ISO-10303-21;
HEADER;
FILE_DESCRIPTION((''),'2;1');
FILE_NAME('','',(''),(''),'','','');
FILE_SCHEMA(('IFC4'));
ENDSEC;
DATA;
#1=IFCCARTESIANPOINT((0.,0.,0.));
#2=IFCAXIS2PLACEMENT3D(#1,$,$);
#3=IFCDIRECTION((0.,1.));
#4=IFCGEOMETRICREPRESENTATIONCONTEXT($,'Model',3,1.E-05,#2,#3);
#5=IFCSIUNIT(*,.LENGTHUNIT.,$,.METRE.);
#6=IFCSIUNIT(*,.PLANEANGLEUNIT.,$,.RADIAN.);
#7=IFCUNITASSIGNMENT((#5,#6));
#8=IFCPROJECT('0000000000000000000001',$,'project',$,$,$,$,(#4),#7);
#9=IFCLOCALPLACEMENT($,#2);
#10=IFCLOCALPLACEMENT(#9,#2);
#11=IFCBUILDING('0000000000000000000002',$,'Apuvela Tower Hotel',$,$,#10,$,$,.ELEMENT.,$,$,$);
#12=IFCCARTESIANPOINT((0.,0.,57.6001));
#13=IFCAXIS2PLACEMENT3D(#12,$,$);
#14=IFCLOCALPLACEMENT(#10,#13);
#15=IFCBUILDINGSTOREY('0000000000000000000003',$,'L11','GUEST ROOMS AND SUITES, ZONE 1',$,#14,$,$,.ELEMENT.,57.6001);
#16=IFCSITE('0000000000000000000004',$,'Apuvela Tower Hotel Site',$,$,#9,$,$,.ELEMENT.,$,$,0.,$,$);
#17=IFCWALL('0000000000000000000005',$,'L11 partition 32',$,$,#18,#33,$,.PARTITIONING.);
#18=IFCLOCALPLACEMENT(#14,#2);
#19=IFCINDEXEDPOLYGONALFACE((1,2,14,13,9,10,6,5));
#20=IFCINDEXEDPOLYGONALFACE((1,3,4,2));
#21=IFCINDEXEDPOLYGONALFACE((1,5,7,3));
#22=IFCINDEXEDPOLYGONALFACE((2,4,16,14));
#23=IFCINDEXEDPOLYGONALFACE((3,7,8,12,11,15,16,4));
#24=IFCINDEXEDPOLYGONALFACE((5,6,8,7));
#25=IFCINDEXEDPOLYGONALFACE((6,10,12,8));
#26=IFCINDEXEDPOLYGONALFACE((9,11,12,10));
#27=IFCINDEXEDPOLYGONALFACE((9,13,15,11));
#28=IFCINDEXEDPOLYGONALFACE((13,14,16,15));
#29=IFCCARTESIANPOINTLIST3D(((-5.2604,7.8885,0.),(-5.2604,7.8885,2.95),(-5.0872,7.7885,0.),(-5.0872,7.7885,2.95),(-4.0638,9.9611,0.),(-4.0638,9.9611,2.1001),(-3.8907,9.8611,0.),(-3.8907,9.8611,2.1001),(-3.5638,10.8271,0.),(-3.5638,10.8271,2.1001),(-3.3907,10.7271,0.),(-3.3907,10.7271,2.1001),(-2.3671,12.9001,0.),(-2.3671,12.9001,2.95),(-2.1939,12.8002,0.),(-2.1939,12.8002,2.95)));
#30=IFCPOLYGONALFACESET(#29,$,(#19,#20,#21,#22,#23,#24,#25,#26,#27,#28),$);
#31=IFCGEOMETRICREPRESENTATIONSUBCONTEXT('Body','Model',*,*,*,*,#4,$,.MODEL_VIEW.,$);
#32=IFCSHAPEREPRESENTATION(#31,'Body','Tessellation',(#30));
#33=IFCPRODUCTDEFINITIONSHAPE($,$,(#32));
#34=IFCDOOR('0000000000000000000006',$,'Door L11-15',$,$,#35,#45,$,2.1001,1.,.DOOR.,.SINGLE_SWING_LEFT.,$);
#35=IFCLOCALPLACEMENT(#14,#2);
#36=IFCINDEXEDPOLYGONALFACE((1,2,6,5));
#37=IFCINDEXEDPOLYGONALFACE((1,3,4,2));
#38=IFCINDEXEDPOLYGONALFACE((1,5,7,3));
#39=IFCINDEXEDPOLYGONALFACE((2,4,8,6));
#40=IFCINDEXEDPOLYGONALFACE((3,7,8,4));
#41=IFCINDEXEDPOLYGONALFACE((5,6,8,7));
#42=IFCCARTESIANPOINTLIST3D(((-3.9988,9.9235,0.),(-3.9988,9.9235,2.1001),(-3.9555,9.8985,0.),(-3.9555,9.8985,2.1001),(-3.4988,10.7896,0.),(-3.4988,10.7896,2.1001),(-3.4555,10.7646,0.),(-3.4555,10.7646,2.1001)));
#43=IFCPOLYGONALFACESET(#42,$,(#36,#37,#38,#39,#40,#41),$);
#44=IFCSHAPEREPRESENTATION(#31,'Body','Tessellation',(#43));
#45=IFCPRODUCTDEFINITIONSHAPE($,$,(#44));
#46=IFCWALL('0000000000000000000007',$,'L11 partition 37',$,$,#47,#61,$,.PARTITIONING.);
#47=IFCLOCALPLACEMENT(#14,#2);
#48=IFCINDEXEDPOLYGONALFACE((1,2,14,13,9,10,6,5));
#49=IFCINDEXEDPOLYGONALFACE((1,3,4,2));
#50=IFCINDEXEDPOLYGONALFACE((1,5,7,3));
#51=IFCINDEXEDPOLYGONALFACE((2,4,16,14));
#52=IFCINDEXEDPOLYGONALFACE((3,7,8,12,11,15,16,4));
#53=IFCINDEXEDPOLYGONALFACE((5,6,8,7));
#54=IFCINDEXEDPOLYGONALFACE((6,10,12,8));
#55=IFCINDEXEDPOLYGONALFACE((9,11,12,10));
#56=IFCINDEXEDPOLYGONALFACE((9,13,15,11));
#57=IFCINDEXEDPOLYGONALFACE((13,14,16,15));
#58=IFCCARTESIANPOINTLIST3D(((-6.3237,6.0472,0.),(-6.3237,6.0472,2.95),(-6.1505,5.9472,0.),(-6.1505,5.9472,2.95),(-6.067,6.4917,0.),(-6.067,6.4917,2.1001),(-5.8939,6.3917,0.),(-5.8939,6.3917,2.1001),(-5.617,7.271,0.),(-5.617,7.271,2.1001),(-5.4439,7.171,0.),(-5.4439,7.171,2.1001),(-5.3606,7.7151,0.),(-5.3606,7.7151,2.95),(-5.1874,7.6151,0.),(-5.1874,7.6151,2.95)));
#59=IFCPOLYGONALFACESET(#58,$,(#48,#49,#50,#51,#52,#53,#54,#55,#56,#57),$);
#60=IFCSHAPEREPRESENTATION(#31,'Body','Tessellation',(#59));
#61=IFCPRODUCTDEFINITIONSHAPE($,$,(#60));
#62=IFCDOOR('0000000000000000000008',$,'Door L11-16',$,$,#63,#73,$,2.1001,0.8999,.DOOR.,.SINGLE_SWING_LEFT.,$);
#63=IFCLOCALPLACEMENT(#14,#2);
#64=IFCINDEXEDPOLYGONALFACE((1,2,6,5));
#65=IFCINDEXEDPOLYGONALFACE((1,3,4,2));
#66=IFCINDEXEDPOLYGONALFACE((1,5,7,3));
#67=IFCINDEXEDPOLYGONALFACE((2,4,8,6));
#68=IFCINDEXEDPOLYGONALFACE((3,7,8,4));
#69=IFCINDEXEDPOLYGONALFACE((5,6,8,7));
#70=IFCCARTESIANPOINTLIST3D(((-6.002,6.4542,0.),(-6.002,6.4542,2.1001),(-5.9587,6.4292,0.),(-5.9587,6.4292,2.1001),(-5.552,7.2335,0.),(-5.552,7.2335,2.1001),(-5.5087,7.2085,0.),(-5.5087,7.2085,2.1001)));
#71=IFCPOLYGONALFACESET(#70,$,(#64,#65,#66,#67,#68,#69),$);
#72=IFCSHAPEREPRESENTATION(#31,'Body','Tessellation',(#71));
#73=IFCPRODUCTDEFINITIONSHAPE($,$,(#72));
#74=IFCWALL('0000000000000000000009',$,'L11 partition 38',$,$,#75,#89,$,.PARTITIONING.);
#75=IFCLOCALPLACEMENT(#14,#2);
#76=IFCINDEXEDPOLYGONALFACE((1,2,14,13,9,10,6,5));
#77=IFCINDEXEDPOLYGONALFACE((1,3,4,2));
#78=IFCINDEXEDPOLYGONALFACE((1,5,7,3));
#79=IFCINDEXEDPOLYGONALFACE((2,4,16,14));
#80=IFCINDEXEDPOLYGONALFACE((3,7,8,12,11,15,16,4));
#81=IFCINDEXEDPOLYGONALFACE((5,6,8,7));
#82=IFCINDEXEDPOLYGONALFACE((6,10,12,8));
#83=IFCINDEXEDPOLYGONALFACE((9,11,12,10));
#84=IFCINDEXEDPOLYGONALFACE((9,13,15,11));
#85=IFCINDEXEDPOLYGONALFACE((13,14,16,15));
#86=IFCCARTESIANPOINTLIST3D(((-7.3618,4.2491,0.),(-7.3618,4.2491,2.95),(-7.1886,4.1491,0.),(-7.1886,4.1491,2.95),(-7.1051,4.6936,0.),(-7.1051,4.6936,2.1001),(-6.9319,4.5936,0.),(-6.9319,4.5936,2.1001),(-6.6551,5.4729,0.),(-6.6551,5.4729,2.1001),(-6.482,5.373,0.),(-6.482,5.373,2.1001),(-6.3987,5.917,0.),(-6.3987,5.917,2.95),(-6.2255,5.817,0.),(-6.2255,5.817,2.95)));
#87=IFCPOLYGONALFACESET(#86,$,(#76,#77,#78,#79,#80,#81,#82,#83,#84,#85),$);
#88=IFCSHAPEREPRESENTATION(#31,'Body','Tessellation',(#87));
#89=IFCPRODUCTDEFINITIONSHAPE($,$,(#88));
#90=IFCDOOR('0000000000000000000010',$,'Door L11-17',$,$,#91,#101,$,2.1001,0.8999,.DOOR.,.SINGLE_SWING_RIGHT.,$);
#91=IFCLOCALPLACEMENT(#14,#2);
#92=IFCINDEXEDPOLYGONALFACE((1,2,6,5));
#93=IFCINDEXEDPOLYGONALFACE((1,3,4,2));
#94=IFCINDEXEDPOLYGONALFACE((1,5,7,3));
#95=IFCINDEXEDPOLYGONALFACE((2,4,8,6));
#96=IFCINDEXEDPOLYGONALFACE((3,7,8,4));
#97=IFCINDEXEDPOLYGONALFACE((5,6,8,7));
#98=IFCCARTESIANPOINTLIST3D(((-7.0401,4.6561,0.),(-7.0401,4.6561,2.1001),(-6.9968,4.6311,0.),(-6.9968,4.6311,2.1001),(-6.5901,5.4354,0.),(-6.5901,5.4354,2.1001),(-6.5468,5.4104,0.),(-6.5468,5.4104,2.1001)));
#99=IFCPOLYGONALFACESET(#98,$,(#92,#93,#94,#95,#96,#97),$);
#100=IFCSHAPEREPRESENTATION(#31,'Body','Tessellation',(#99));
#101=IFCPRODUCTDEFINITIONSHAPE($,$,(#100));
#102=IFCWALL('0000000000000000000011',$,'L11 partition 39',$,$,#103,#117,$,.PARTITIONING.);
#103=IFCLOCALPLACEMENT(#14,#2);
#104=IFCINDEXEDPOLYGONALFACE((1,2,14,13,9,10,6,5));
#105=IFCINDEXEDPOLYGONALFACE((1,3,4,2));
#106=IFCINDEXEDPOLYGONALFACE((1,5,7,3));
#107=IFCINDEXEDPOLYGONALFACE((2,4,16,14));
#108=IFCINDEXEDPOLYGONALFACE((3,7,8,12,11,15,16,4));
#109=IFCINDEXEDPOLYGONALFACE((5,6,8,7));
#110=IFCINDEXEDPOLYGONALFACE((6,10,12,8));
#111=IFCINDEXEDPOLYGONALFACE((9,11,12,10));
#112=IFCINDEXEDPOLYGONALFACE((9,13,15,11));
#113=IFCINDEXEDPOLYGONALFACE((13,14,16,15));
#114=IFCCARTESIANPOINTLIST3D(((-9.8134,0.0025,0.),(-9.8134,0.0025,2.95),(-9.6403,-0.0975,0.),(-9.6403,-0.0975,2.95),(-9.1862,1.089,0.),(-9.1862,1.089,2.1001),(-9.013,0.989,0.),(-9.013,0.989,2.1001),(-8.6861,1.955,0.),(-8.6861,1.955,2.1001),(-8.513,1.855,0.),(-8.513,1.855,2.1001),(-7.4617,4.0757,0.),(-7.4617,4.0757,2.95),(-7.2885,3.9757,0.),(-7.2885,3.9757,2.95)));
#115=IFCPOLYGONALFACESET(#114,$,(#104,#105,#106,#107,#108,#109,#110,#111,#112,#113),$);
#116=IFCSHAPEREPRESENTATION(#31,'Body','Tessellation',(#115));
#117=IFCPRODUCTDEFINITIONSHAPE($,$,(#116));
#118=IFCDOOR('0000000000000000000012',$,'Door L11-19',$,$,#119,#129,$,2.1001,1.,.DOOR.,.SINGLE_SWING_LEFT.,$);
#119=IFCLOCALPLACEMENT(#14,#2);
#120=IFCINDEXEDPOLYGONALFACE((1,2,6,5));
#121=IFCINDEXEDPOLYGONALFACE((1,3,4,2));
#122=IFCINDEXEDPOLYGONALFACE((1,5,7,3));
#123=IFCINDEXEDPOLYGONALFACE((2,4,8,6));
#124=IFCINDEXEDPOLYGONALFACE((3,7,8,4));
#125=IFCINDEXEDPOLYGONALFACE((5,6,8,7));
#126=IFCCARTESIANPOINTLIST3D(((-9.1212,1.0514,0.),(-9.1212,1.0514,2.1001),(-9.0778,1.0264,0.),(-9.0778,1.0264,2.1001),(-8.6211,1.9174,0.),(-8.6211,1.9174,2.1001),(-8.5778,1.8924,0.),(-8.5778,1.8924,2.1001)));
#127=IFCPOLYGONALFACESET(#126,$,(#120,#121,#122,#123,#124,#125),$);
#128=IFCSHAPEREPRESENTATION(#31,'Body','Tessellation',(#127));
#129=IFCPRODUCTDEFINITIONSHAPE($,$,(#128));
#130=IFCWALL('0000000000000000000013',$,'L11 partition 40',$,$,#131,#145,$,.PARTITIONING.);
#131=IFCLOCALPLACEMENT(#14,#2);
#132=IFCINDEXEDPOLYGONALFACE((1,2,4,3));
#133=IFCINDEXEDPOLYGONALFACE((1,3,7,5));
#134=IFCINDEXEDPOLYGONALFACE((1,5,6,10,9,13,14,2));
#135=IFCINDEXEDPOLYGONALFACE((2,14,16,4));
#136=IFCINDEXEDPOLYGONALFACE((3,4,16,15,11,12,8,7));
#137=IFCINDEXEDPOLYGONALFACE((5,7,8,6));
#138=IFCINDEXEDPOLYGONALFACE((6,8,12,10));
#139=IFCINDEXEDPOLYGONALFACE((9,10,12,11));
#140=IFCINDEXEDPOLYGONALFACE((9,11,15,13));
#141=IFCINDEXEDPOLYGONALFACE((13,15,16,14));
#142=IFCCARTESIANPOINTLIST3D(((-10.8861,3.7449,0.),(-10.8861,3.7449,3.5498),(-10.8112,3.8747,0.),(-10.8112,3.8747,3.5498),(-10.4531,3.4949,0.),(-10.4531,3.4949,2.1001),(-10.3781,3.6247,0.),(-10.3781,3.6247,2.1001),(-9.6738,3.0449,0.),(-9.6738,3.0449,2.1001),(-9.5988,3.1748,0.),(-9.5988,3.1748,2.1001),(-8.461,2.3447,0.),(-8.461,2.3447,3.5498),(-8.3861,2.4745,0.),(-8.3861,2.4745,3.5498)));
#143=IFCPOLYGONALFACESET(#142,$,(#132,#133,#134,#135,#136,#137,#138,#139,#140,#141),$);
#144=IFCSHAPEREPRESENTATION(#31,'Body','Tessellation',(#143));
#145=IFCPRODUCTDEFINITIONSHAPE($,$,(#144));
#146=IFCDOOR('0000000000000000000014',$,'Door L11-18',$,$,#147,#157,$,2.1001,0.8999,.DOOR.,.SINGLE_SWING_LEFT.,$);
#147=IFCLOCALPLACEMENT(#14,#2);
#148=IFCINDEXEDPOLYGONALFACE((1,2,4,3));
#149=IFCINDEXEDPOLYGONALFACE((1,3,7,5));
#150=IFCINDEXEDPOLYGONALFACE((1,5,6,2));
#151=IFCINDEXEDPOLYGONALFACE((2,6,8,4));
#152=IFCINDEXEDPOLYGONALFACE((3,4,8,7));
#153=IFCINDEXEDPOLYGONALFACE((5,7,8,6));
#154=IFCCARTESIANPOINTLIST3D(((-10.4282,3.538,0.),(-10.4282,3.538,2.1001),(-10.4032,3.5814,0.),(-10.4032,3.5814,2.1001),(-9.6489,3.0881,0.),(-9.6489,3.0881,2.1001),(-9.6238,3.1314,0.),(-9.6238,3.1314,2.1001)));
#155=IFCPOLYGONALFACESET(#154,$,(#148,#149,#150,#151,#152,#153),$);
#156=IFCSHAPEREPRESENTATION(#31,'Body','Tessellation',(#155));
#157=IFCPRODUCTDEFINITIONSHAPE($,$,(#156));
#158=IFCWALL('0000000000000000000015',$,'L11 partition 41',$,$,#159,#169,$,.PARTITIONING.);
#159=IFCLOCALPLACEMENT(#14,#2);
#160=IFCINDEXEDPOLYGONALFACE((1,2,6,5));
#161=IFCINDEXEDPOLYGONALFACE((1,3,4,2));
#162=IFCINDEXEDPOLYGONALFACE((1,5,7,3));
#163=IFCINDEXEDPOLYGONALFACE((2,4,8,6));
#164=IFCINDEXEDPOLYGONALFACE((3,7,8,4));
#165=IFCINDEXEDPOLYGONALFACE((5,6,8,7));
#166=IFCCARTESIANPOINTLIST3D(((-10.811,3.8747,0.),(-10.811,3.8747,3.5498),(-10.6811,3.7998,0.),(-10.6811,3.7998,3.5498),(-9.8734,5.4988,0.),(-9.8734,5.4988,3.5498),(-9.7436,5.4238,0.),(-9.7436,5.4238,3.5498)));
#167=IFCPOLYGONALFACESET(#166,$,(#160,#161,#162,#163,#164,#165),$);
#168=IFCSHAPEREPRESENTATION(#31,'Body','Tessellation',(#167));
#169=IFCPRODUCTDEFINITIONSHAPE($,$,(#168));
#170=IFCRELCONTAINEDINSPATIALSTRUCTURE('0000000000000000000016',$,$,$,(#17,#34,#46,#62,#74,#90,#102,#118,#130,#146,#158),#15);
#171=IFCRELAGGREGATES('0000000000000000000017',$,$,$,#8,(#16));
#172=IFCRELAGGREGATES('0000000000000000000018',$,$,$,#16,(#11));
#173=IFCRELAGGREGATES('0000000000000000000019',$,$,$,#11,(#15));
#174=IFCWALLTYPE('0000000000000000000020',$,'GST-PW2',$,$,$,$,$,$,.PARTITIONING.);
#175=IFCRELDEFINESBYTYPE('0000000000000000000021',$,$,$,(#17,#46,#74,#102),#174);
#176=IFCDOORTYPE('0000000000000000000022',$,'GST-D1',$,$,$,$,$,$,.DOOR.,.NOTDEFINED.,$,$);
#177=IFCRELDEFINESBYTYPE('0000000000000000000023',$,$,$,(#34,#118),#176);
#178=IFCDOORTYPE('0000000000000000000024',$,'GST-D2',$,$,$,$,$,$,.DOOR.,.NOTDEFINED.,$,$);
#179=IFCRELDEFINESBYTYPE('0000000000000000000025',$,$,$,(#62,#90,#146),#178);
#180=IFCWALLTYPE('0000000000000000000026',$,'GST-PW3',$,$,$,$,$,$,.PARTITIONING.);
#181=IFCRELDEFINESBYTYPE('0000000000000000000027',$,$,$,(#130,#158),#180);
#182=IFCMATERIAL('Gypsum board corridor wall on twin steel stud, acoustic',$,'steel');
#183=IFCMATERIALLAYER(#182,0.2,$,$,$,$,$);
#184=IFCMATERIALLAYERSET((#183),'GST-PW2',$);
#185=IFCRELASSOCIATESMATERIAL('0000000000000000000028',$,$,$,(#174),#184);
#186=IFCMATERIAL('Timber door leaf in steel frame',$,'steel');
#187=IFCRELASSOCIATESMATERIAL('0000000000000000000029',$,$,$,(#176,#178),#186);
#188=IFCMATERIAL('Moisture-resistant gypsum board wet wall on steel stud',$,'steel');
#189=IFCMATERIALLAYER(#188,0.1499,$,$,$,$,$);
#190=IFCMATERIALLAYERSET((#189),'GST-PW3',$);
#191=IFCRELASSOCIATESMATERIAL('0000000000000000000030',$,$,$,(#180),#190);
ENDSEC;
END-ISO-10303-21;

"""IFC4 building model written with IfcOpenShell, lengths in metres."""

from ifc_helpers import new_model, si_unit, direction, frame, frame_2d, origin, place, context, subcontext, project, spatial, rectangle, extrude, material, layer, layer_set, type_object, element, fill, save


model = new_model("IFC4")

# Units and contexts
model_context = context("Model", 3, precision=1e-05, world=origin(), true_north=direction((0.0, 1.0)))
body_context = subcontext(model_context, "Body", "Model", "MODEL_VIEW")
ifc_project = project(units=[si_unit("LENGTHUNIT", "METRE"), si_unit("PLANEANGLEUNIT", "RADIAN")], contexts=[model_context])

# Site, building, storey
site_placement = place(None, origin())
site = spatial("IfcSite", under=ifc_project, at=site_placement, Name="Apuvela Tower Hotel Site", CompositionType="ELEMENT", RefElevation=0.0)
building_placement = place(site_placement, origin())
building = spatial("IfcBuilding", under=site, at=building_placement, Name="Apuvela Tower Hotel", CompositionType="ELEMENT")
storey_placement = place(building_placement, frame((0.0, 0.0, 57.6001)))
storey = spatial("IfcBuildingStorey", under=building, at=storey_placement, Name="L11", Description="GUEST ROOMS AND SUITES, ZONE 1", CompositionType="ELEMENT", Elevation=57.6001)

# Walls, openings, doors
ifc_material_1 = material(Name="Gypsum board corridor wall on twin steel stud, acoustic", Category="steel")
ifc_layer_1 = layer(ifc_material_1, 0.2)
ifc_layer_set_1 = layer_set([ifc_layer_1], Name="GST-PW2")
wall_type_1 = type_object("IfcWallType", Name="GST-PW2", PredefinedType="PARTITIONING", material=ifc_layer_set_1)
wall_1_placement = place(storey_placement, frame((-5.1738, 7.8384, 0.0), z_axis=(0.0, 0.0, 1.0), x_axis=(0.499973, 0.866041, 0.0)))
wall_1 = element("IfcWall", 1, at=wall_1_placement, inside=storey, type_object=wall_type_1, Name="L11 partition 32", PredefinedType="PARTITIONING", context=body_context, shape_type="SweptSolid", body=[
    extrude(rectangle(XDim=5.7869, YDim=0.2, at=frame_2d((2.8936, 0.0))), origin(), (0.0, 0.0, 1.0), 2.95),
])
opening_1_placement = place(wall_1_placement, frame((2.3933, 0.0, 0.0)))
opening_1 = element("IfcOpeningElement", 2, at=opening_1_placement, cuts=wall_1, PredefinedType="OPENING", context=body_context, shape_type="SweptSolid", body=[
    extrude(rectangle(XDim=1.0, YDim=2.1001, at=frame_2d((0.5, 1.05))), frame((0.0, 0.1099, 0.0), z_axis=(0.0, -1.0, 0.0), x_axis=(1.0, 0.0, 0.0)), (0.0, 0.0, 1.0), 0.22),
])
ifc_material_2 = material(Name="Timber door leaf in steel frame", Category="steel")
door_type_1 = type_object("IfcDoorType", Name="GST-D1", OperationType="NOTDEFINED", PredefinedType="DOOR", material=ifc_material_2)
door_1_placement = place(opening_1_placement, origin())
door_1 = element("IfcDoor", 3, at=door_1_placement, inside=storey, type_object=door_type_1, Name="Door L11-15", OperationType="SINGLE_SWING_LEFT", OverallHeight=2.1001, OverallWidth=1.0, PredefinedType="DOOR", context=body_context, shape_type="SweptSolid", body=[
    extrude(rectangle(XDim=1.0, YDim=2.1001, at=frame_2d((0.5, 1.05))), frame((0.0, 0.0249, 0.0), z_axis=(0.0, -1.0, 0.0), x_axis=(1.0, 0.0, 0.0)), (0.0, 0.0, 1.0), 0.05),
])
fill(opening_1, door_1)
wall_2_placement = place(storey_placement, frame((-6.2371, 5.9973, 0.0), z_axis=(0.0, 0.0, 1.0), x_axis=(0.500052, 0.865996, 0.0)))
wall_2 = element("IfcWall", 4, at=wall_2_placement, inside=storey, type_object=wall_type_1, Name="L11 partition 37", PredefinedType="PARTITIONING", context=body_context, shape_type="SweptSolid", body=[
    extrude(rectangle(XDim=1.926, YDim=0.2, at=frame_2d((0.9629, 0.0))), origin(), (0.0, 0.0, 1.0), 2.95),
])
opening_2_placement = place(wall_2_placement, frame((0.5132, 0.0, 0.0)))
opening_2 = element("IfcOpeningElement", 5, at=opening_2_placement, cuts=wall_2, PredefinedType="OPENING", context=body_context, shape_type="SweptSolid", body=[
    extrude(rectangle(XDim=0.8999, YDim=2.1001, at=frame_2d((0.45, 1.05))), frame((0.0, 0.1099, 0.0), z_axis=(0.0, -1.0, 0.0), x_axis=(1.0, 0.0, 0.0)), (0.0, 0.0, 1.0), 0.22),
])
door_type_2 = type_object("IfcDoorType", Name="GST-D2", OperationType="NOTDEFINED", PredefinedType="DOOR", material=ifc_material_2)
door_2_placement = place(opening_2_placement, origin())
door_2 = element("IfcDoor", 6, at=door_2_placement, inside=storey, type_object=door_type_2, Name="Door L11-16", OperationType="SINGLE_SWING_LEFT", OverallHeight=2.1001, OverallWidth=0.8999, PredefinedType="DOOR", context=body_context, shape_type="SweptSolid", body=[
    extrude(rectangle(XDim=0.8999, YDim=2.1001, at=frame_2d((0.45, 1.05))), frame((0.0, 0.0249, 0.0), z_axis=(0.0, -1.0, 0.0), x_axis=(1.0, 0.0, 0.0)), (0.0, 0.0, 1.0), 0.05),
])
fill(opening_2, door_2)
wall_3_placement = place(storey_placement, frame((-7.2751, 4.1992, 0.0), z_axis=(0.0, 0.0, 1.0), x_axis=(0.500052, 0.865996, 0.0)))
wall_3 = element("IfcWall", 7, at=wall_3_placement, inside=storey, type_object=wall_type_1, Name="L11 partition 38", PredefinedType="PARTITIONING", context=body_context, shape_type="SweptSolid", body=[
    extrude(rectangle(XDim=1.926, YDim=0.2, at=frame_2d((0.9629, 0.0))), origin(), (0.0, 0.0, 1.0), 2.95),
])
opening_3_placement = place(wall_3_placement, frame((0.5132, 0.0, 0.0)))
opening_3 = element("IfcOpeningElement", 8, at=opening_3_placement, cuts=wall_3, PredefinedType="OPENING", context=body_context, shape_type="SweptSolid", body=[
    extrude(rectangle(XDim=0.8999, YDim=2.1001, at=frame_2d((0.45, 1.05))), frame((0.0, 0.1099, 0.0), z_axis=(0.0, -1.0, 0.0), x_axis=(1.0, 0.0, 0.0)), (0.0, 0.0, 1.0), 0.22),
])
door_3_placement = place(opening_3_placement, origin())
door_3 = element("IfcDoor", 9, at=door_3_placement, inside=storey, type_object=door_type_2, Name="Door L11-17", OperationType="SINGLE_SWING_RIGHT", OverallHeight=2.1001, OverallWidth=0.8999, PredefinedType="DOOR", context=body_context, shape_type="SweptSolid", body=[
    extrude(rectangle(XDim=0.8999, YDim=2.1001, at=frame_2d((0.45, 1.05))), frame((0.0, 0.0249, 0.0), z_axis=(0.0, -1.0, 0.0), x_axis=(1.0, 0.0, 0.0)), (0.0, 0.0, 1.0), 0.05),
])
fill(opening_3, door_3)
wall_4_placement = place(storey_placement, frame((-9.7268, -0.0474, 0.0), z_axis=(0.0, 0.0, 1.0), x_axis=(0.500019, 0.866014, 0.0)))
wall_4 = element("IfcWall", 10, at=wall_4_placement, inside=storey, type_object=wall_type_1, Name="L11 partition 39", PredefinedType="PARTITIONING", context=body_context, shape_type="SweptSolid", body=[
    extrude(rectangle(XDim=4.7034, YDim=0.2, at=frame_2d((2.3516, 0.0))), origin(), (0.0, 0.0, 1.0), 2.95),
])
opening_4_placement = place(wall_4_placement, frame((1.2544, 0.0, 0.0)))
opening_4 = element("IfcOpeningElement", 11, at=opening_4_placement, cuts=wall_4, PredefinedType="OPENING", context=body_context, shape_type="SweptSolid", body=[
    extrude(rectangle(XDim=1.0, YDim=2.1001, at=frame_2d((0.5, 1.05))), frame((0.0, 0.1099, 0.0), z_axis=(0.0, -1.0, 0.0), x_axis=(1.0, 0.0, 0.0)), (0.0, 0.0, 1.0), 0.22),
])
door_4_placement = place(opening_4_placement, origin())
door_4 = element("IfcDoor", 12, at=door_4_placement, inside=storey, type_object=door_type_1, Name="Door L11-19", OperationType="SINGLE_SWING_LEFT", OverallHeight=2.1001, OverallWidth=1.0, PredefinedType="DOOR", context=body_context, shape_type="SweptSolid", body=[
    extrude(rectangle(XDim=1.0, YDim=2.1001, at=frame_2d((0.5, 1.05))), frame((0.0, 0.0249, 0.0), z_axis=(0.0, -1.0, 0.0), x_axis=(1.0, 0.0, 0.0)), (0.0, 0.0, 1.0), 0.05),
])
fill(opening_4, door_4)
ifc_material_3 = material(Name="Moisture-resistant gypsum board wet wall on steel stud", Category="steel")
ifc_layer_2 = layer(ifc_material_3, 0.1499)
ifc_layer_set_2 = layer_set([ifc_layer_2], Name="GST-PW3")
wall_type_2 = type_object("IfcWallType", Name="GST-PW3", PredefinedType="PARTITIONING", material=ifc_layer_set_2)
wall_5_placement = place(storey_placement, frame((-10.8486, 3.8098, 0.0), z_axis=(0.0, 0.0, 1.0), x_axis=(0.866019, -0.500012, 0.0)))
wall_5 = element("IfcWall", 13, at=wall_5_placement, inside=storey, type_object=wall_type_2, Name="L11 partition 40", PredefinedType="PARTITIONING", context=body_context, shape_type="SweptSolid", body=[
    extrude(rectangle(XDim=2.8003, YDim=0.1499, at=frame_2d((1.4001, 0.0))), origin(), (0.0, 0.0, 1.0), 3.5498),
])
opening_5_placement = place(wall_5_placement, frame((0.5, 0.0, 0.0)))
opening_5 = element("IfcOpeningElement", 14, at=opening_5_placement, cuts=wall_5, PredefinedType="OPENING", context=body_context, shape_type="SweptSolid", body=[
    extrude(rectangle(XDim=0.8999, YDim=2.1001, at=frame_2d((0.45, 1.05))), frame((0.0, 0.085, 0.0), z_axis=(0.0, -1.0, 0.0), x_axis=(1.0, 0.0, 0.0)), (0.0, 0.0, 1.0), 0.1699),
])
door_5_placement = place(opening_5_placement, origin())
door_5 = element("IfcDoor", 15, at=door_5_placement, inside=storey, type_object=door_type_2, Name="Door L11-18", OperationType="SINGLE_SWING_LEFT", OverallHeight=2.1001, OverallWidth=0.8999, PredefinedType="DOOR", context=body_context, shape_type="SweptSolid", body=[
    extrude(rectangle(XDim=0.8999, YDim=2.1001, at=frame_2d((0.45, 1.05))), frame((0.0, 0.0249, 0.0), z_axis=(0.0, -1.0, 0.0), x_axis=(1.0, 0.0, 0.0)), (0.0, 0.0, 1.0), 0.05),
])
fill(opening_5, door_5)

# Wall
wall_6_placement = place(storey_placement, frame((-9.8086, 5.4612, 0.0), z_axis=(0.0, 0.0, 1.0), x_axis=(-0.499948, -0.866056, 0.0)))
element("IfcWall", 16, at=wall_6_placement, inside=storey, type_object=wall_type_2, Name="L11 partition 41", PredefinedType="PARTITIONING", context=body_context, shape_type="SweptSolid", body=[
    extrude(rectangle(XDim=1.8752, YDim=0.1499, at=frame_2d((0.9375, 0.0))), origin(), (0.0, 0.0, 1.0), 3.5498),
])

save(model, "model.ifc")
